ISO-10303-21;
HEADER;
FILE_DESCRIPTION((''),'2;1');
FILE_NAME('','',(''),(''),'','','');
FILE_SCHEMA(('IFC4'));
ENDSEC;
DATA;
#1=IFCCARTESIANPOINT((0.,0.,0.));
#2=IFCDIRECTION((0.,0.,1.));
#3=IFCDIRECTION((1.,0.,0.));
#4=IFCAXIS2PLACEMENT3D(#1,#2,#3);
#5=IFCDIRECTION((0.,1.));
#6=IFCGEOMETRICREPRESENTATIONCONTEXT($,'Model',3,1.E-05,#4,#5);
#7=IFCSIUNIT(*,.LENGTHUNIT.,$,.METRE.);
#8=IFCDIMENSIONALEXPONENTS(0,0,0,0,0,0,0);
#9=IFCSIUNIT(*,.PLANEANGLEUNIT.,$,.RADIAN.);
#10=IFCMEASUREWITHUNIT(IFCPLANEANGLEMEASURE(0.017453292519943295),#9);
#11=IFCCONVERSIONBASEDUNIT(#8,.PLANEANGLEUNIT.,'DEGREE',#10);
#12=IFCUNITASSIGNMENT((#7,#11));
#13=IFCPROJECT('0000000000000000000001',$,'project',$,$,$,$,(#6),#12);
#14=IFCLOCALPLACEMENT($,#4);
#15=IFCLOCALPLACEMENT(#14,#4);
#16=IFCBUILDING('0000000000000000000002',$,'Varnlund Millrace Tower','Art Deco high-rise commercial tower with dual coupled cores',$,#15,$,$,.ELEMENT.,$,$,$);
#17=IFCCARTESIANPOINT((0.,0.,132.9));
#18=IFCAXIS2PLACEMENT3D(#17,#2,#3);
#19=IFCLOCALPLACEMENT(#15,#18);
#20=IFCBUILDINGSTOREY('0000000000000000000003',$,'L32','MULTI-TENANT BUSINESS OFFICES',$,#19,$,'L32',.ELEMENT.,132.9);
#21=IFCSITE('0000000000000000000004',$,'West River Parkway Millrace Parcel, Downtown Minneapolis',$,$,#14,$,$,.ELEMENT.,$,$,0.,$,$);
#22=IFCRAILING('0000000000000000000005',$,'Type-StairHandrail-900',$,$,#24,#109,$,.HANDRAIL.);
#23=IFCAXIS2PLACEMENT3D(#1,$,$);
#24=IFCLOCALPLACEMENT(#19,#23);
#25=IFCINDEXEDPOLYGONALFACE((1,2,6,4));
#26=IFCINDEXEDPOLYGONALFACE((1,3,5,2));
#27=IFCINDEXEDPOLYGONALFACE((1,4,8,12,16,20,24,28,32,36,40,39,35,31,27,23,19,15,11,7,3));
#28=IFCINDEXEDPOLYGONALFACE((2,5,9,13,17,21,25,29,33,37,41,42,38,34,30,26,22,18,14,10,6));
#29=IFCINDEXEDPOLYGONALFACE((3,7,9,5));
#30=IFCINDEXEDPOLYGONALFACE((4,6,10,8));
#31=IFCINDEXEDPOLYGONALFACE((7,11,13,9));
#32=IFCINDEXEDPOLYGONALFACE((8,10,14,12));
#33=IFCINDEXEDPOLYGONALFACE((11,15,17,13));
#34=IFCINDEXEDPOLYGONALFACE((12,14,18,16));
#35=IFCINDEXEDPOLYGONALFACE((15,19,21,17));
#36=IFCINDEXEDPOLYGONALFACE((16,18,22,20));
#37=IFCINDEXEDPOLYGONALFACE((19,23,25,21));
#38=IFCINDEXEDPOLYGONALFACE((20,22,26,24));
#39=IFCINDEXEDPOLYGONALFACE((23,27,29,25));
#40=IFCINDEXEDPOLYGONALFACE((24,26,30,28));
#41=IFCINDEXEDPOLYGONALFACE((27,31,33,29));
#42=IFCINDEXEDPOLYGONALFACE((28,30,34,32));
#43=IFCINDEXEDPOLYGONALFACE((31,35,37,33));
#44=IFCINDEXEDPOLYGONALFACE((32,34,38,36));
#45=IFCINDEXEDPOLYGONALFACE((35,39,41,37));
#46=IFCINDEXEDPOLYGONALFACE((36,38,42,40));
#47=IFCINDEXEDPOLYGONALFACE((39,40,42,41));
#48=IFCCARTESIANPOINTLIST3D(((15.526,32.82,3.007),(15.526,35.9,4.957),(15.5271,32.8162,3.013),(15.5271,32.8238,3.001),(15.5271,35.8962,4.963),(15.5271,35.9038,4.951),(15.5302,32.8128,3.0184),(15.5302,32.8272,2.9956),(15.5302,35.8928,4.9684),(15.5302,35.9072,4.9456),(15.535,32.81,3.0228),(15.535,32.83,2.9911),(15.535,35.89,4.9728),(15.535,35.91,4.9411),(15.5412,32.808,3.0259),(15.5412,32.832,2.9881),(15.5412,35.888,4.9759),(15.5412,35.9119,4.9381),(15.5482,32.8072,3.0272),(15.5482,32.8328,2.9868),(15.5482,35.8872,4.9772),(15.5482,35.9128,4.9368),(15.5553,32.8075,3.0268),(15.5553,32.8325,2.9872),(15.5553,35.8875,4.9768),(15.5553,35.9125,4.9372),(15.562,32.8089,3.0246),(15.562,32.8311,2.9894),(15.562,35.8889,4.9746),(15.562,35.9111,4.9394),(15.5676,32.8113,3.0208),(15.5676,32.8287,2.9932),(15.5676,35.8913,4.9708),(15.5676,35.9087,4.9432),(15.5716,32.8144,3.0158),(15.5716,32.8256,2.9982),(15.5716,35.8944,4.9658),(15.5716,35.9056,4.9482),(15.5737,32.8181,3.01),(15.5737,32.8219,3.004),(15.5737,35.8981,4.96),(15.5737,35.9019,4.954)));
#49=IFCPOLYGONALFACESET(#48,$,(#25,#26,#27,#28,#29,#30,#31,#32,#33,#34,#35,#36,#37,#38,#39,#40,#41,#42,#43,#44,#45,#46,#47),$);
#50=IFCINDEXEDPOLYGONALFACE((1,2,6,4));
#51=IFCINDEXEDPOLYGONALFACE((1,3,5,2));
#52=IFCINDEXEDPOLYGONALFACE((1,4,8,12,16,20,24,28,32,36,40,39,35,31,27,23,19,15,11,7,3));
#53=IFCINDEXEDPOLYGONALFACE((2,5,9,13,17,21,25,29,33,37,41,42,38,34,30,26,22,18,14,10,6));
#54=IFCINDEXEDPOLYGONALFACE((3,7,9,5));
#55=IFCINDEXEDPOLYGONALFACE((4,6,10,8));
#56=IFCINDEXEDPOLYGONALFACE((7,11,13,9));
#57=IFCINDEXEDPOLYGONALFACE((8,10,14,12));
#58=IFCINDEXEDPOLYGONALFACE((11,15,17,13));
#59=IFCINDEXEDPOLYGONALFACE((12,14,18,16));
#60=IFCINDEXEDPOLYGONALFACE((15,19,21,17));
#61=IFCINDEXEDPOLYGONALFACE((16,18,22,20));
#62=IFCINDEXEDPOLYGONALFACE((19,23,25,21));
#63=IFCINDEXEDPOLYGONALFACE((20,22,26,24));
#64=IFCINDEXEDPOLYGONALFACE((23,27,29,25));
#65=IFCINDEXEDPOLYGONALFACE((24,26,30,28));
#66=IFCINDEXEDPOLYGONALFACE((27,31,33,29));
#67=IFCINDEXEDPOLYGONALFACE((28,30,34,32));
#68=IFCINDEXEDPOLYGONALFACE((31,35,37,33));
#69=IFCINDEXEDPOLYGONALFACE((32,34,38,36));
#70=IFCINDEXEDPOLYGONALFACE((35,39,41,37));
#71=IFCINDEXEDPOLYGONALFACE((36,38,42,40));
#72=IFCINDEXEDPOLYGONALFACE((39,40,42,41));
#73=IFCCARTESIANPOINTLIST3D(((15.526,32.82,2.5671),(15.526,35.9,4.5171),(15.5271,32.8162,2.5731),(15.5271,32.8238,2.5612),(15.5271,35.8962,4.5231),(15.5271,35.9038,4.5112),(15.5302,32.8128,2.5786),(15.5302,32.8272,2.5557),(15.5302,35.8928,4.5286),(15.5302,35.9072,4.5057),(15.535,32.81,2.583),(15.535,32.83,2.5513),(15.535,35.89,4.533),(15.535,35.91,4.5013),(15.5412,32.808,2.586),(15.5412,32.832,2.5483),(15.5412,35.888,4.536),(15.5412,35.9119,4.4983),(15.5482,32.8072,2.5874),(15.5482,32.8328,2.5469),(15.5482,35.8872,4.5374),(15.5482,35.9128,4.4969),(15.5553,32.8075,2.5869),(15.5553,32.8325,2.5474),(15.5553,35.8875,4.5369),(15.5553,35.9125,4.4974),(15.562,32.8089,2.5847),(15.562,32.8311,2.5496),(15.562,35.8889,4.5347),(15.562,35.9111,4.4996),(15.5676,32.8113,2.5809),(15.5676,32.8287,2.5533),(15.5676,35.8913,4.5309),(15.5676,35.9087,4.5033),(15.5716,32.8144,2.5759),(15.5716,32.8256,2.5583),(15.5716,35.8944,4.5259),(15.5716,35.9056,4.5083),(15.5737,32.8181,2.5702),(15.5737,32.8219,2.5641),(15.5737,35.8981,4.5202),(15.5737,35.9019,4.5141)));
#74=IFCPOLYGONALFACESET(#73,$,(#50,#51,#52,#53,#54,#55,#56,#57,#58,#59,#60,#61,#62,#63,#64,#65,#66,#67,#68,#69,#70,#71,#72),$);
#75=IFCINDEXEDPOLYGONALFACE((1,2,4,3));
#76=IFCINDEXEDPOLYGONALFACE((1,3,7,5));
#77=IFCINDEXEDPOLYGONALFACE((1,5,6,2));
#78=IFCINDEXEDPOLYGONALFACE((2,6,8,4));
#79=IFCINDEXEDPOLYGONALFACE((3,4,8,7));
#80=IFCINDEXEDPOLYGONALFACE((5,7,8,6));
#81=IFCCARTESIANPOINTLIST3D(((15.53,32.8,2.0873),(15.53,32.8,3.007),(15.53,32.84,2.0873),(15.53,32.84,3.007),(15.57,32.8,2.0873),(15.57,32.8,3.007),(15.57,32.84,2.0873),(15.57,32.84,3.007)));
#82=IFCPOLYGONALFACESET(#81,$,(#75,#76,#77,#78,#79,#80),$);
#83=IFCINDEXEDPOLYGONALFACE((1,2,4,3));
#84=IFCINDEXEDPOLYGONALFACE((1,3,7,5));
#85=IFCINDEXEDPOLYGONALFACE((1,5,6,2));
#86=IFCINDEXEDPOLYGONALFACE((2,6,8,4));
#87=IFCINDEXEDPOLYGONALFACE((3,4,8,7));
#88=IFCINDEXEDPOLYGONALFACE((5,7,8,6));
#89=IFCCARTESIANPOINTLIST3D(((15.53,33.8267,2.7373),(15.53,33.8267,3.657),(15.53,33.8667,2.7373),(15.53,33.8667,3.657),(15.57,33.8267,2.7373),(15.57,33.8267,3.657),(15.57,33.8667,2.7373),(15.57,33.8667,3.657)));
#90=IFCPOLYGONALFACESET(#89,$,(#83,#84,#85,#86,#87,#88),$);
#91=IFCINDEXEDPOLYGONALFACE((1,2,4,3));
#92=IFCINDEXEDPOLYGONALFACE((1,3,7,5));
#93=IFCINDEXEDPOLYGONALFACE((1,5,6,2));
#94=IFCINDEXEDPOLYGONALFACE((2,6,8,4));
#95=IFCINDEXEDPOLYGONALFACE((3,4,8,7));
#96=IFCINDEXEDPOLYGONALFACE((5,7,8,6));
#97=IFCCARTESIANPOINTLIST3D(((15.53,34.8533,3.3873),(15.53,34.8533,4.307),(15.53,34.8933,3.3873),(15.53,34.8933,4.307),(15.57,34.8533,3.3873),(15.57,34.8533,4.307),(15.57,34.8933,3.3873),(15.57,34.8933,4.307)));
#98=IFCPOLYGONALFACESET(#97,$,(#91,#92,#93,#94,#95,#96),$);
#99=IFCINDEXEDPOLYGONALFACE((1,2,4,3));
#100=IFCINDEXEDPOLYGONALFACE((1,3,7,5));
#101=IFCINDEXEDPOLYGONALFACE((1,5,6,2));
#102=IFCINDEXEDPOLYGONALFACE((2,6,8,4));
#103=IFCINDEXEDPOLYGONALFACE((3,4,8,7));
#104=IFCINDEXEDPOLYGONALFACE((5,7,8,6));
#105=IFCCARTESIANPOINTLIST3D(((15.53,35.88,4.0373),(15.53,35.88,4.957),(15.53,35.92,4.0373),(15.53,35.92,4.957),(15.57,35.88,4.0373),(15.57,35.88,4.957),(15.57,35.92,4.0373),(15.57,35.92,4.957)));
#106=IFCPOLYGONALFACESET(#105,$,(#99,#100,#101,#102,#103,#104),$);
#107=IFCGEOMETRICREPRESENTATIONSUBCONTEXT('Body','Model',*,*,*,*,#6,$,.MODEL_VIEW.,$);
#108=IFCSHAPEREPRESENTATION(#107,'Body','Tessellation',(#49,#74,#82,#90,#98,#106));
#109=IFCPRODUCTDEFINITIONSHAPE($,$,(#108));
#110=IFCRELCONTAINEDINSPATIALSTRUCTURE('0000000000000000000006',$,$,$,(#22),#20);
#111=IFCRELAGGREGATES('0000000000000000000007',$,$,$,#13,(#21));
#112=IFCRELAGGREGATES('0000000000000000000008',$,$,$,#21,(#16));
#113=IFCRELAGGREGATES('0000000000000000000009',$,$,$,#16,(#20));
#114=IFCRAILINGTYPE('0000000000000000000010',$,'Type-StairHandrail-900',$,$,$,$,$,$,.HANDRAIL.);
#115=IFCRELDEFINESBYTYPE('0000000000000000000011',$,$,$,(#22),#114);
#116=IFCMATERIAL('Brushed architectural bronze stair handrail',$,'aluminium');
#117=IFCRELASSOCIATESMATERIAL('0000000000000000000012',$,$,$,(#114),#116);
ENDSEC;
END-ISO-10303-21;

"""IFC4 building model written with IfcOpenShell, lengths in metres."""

from ifc_helpers import new_model, entity, si_unit, converted_unit, direction, frame, origin_with_axes, origin_2d_with_axis, place, context, subcontext, project, spatial, rectangle, circle, extrude, material, type_object, element, save


model = new_model("IFC4")

# Units and contexts
model_context = context("Model", 3, precision=1e-05, world=origin_with_axes(), true_north=direction((0.0, 1.0)))
body_context = subcontext(model_context, "Body", "Model", "MODEL_VIEW")
ifc_project = project(units=[si_unit("LENGTHUNIT", "METRE"), converted_unit("PLANEANGLEUNIT", "DEGREE", entity("IfcPlaneAngleMeasure", 0.017453292519943295), si_unit("PLANEANGLEUNIT", "RADIAN"), dimensions=[0, 0, 0, 0, 0, 0, 0])], contexts=[model_context])

# Site, building, storey
site_placement = place(None, origin_with_axes())
site = spatial("IfcSite", under=ifc_project, at=site_placement, Name="West River Parkway Millrace Parcel, Downtown Minneapolis", CompositionType="ELEMENT", RefElevation=0.0)
building_placement = place(site_placement, origin_with_axes())
building = spatial("IfcBuilding", under=site, at=building_placement, Name="Varnlund Millrace Tower", Description="Art Deco high-rise commercial tower with dual coupled cores", CompositionType="ELEMENT")
storey_placement = place(building_placement, frame((0.0, 0.0, 132.9), z_axis=(0.0, 0.0, 1.0), x_axis=(1.0, 0.0, 0.0)))
storey = spatial("IfcBuildingStorey", under=building, at=storey_placement, Name="L32", Description="MULTI-TENANT BUSINESS OFFICES", LongName="L32", CompositionType="ELEMENT", Elevation=132.9)

# Railing
ifc_material_1 = material(Name="Brushed architectural bronze stair handrail", Category="aluminium")
railing_type_1 = type_object("IfcRailingType", Name="Type-StairHandrail-900", PredefinedType="HANDRAIL", material=ifc_material_1)
railing_1_placement = place(storey_placement, frame((0.0, 0.0, -132.9), z_axis=(0.0, 0.0, 1.0), x_axis=(1.0, 0.0, 0.0)))
element("IfcRailing", 1, at=railing_1_placement, inside=storey, type_object=railing_type_1, Name="Type-StairHandrail-900", PredefinedType="HANDRAIL", context=body_context, shape_type="SweptSolid", body=[
    extrude(circle(Radius=0.024, at=origin_2d_with_axis()), frame((15.55, 32.82, 135.907), z_axis=(0.0, 0.844902, 0.534922), x_axis=(-1.0, 0.0, 0.0)), (0.0, 0.0, 1.0), 3.6454),
    extrude(circle(Radius=0.024, at=origin_2d_with_axis()), frame((15.55, 32.82, 135.4671), z_axis=(0.0, 0.844902, 0.534922), x_axis=(-1.0, 0.0, 0.0)), (0.0, 0.0, 1.0), 3.6454),
    extrude(rectangle(XDim=0.04, YDim=0.04, at=origin_2d_with_axis()), frame((15.55, 32.82, 134.9873), z_axis=(0.0, 0.0, 1.0), x_axis=(1.0, 0.0, 0.0)), (0.0, 0.0, 1.0), 0.9197),
    extrude(rectangle(XDim=0.04, YDim=0.04, at=origin_2d_with_axis()), frame((15.55, 33.8467, 135.6373), z_axis=(0.0, 0.0, 1.0), x_axis=(1.0, 0.0, 0.0)), (0.0, 0.0, 1.0), 0.9197),
    extrude(rectangle(XDim=0.04, YDim=0.04, at=origin_2d_with_axis()), frame((15.55, 34.8733, 136.2873), z_axis=(0.0, 0.0, 1.0), x_axis=(1.0, 0.0, 0.0)), (0.0, 0.0, 1.0), 0.9197),
    extrude(rectangle(XDim=0.04, YDim=0.04, at=origin_2d_with_axis()), frame((15.55, 35.9, 136.9373), z_axis=(0.0, 0.0, 1.0), x_axis=(1.0, 0.0, 0.0)), (0.0, 0.0, 1.0), 0.9197),
])

save(model, "model.ifc")
